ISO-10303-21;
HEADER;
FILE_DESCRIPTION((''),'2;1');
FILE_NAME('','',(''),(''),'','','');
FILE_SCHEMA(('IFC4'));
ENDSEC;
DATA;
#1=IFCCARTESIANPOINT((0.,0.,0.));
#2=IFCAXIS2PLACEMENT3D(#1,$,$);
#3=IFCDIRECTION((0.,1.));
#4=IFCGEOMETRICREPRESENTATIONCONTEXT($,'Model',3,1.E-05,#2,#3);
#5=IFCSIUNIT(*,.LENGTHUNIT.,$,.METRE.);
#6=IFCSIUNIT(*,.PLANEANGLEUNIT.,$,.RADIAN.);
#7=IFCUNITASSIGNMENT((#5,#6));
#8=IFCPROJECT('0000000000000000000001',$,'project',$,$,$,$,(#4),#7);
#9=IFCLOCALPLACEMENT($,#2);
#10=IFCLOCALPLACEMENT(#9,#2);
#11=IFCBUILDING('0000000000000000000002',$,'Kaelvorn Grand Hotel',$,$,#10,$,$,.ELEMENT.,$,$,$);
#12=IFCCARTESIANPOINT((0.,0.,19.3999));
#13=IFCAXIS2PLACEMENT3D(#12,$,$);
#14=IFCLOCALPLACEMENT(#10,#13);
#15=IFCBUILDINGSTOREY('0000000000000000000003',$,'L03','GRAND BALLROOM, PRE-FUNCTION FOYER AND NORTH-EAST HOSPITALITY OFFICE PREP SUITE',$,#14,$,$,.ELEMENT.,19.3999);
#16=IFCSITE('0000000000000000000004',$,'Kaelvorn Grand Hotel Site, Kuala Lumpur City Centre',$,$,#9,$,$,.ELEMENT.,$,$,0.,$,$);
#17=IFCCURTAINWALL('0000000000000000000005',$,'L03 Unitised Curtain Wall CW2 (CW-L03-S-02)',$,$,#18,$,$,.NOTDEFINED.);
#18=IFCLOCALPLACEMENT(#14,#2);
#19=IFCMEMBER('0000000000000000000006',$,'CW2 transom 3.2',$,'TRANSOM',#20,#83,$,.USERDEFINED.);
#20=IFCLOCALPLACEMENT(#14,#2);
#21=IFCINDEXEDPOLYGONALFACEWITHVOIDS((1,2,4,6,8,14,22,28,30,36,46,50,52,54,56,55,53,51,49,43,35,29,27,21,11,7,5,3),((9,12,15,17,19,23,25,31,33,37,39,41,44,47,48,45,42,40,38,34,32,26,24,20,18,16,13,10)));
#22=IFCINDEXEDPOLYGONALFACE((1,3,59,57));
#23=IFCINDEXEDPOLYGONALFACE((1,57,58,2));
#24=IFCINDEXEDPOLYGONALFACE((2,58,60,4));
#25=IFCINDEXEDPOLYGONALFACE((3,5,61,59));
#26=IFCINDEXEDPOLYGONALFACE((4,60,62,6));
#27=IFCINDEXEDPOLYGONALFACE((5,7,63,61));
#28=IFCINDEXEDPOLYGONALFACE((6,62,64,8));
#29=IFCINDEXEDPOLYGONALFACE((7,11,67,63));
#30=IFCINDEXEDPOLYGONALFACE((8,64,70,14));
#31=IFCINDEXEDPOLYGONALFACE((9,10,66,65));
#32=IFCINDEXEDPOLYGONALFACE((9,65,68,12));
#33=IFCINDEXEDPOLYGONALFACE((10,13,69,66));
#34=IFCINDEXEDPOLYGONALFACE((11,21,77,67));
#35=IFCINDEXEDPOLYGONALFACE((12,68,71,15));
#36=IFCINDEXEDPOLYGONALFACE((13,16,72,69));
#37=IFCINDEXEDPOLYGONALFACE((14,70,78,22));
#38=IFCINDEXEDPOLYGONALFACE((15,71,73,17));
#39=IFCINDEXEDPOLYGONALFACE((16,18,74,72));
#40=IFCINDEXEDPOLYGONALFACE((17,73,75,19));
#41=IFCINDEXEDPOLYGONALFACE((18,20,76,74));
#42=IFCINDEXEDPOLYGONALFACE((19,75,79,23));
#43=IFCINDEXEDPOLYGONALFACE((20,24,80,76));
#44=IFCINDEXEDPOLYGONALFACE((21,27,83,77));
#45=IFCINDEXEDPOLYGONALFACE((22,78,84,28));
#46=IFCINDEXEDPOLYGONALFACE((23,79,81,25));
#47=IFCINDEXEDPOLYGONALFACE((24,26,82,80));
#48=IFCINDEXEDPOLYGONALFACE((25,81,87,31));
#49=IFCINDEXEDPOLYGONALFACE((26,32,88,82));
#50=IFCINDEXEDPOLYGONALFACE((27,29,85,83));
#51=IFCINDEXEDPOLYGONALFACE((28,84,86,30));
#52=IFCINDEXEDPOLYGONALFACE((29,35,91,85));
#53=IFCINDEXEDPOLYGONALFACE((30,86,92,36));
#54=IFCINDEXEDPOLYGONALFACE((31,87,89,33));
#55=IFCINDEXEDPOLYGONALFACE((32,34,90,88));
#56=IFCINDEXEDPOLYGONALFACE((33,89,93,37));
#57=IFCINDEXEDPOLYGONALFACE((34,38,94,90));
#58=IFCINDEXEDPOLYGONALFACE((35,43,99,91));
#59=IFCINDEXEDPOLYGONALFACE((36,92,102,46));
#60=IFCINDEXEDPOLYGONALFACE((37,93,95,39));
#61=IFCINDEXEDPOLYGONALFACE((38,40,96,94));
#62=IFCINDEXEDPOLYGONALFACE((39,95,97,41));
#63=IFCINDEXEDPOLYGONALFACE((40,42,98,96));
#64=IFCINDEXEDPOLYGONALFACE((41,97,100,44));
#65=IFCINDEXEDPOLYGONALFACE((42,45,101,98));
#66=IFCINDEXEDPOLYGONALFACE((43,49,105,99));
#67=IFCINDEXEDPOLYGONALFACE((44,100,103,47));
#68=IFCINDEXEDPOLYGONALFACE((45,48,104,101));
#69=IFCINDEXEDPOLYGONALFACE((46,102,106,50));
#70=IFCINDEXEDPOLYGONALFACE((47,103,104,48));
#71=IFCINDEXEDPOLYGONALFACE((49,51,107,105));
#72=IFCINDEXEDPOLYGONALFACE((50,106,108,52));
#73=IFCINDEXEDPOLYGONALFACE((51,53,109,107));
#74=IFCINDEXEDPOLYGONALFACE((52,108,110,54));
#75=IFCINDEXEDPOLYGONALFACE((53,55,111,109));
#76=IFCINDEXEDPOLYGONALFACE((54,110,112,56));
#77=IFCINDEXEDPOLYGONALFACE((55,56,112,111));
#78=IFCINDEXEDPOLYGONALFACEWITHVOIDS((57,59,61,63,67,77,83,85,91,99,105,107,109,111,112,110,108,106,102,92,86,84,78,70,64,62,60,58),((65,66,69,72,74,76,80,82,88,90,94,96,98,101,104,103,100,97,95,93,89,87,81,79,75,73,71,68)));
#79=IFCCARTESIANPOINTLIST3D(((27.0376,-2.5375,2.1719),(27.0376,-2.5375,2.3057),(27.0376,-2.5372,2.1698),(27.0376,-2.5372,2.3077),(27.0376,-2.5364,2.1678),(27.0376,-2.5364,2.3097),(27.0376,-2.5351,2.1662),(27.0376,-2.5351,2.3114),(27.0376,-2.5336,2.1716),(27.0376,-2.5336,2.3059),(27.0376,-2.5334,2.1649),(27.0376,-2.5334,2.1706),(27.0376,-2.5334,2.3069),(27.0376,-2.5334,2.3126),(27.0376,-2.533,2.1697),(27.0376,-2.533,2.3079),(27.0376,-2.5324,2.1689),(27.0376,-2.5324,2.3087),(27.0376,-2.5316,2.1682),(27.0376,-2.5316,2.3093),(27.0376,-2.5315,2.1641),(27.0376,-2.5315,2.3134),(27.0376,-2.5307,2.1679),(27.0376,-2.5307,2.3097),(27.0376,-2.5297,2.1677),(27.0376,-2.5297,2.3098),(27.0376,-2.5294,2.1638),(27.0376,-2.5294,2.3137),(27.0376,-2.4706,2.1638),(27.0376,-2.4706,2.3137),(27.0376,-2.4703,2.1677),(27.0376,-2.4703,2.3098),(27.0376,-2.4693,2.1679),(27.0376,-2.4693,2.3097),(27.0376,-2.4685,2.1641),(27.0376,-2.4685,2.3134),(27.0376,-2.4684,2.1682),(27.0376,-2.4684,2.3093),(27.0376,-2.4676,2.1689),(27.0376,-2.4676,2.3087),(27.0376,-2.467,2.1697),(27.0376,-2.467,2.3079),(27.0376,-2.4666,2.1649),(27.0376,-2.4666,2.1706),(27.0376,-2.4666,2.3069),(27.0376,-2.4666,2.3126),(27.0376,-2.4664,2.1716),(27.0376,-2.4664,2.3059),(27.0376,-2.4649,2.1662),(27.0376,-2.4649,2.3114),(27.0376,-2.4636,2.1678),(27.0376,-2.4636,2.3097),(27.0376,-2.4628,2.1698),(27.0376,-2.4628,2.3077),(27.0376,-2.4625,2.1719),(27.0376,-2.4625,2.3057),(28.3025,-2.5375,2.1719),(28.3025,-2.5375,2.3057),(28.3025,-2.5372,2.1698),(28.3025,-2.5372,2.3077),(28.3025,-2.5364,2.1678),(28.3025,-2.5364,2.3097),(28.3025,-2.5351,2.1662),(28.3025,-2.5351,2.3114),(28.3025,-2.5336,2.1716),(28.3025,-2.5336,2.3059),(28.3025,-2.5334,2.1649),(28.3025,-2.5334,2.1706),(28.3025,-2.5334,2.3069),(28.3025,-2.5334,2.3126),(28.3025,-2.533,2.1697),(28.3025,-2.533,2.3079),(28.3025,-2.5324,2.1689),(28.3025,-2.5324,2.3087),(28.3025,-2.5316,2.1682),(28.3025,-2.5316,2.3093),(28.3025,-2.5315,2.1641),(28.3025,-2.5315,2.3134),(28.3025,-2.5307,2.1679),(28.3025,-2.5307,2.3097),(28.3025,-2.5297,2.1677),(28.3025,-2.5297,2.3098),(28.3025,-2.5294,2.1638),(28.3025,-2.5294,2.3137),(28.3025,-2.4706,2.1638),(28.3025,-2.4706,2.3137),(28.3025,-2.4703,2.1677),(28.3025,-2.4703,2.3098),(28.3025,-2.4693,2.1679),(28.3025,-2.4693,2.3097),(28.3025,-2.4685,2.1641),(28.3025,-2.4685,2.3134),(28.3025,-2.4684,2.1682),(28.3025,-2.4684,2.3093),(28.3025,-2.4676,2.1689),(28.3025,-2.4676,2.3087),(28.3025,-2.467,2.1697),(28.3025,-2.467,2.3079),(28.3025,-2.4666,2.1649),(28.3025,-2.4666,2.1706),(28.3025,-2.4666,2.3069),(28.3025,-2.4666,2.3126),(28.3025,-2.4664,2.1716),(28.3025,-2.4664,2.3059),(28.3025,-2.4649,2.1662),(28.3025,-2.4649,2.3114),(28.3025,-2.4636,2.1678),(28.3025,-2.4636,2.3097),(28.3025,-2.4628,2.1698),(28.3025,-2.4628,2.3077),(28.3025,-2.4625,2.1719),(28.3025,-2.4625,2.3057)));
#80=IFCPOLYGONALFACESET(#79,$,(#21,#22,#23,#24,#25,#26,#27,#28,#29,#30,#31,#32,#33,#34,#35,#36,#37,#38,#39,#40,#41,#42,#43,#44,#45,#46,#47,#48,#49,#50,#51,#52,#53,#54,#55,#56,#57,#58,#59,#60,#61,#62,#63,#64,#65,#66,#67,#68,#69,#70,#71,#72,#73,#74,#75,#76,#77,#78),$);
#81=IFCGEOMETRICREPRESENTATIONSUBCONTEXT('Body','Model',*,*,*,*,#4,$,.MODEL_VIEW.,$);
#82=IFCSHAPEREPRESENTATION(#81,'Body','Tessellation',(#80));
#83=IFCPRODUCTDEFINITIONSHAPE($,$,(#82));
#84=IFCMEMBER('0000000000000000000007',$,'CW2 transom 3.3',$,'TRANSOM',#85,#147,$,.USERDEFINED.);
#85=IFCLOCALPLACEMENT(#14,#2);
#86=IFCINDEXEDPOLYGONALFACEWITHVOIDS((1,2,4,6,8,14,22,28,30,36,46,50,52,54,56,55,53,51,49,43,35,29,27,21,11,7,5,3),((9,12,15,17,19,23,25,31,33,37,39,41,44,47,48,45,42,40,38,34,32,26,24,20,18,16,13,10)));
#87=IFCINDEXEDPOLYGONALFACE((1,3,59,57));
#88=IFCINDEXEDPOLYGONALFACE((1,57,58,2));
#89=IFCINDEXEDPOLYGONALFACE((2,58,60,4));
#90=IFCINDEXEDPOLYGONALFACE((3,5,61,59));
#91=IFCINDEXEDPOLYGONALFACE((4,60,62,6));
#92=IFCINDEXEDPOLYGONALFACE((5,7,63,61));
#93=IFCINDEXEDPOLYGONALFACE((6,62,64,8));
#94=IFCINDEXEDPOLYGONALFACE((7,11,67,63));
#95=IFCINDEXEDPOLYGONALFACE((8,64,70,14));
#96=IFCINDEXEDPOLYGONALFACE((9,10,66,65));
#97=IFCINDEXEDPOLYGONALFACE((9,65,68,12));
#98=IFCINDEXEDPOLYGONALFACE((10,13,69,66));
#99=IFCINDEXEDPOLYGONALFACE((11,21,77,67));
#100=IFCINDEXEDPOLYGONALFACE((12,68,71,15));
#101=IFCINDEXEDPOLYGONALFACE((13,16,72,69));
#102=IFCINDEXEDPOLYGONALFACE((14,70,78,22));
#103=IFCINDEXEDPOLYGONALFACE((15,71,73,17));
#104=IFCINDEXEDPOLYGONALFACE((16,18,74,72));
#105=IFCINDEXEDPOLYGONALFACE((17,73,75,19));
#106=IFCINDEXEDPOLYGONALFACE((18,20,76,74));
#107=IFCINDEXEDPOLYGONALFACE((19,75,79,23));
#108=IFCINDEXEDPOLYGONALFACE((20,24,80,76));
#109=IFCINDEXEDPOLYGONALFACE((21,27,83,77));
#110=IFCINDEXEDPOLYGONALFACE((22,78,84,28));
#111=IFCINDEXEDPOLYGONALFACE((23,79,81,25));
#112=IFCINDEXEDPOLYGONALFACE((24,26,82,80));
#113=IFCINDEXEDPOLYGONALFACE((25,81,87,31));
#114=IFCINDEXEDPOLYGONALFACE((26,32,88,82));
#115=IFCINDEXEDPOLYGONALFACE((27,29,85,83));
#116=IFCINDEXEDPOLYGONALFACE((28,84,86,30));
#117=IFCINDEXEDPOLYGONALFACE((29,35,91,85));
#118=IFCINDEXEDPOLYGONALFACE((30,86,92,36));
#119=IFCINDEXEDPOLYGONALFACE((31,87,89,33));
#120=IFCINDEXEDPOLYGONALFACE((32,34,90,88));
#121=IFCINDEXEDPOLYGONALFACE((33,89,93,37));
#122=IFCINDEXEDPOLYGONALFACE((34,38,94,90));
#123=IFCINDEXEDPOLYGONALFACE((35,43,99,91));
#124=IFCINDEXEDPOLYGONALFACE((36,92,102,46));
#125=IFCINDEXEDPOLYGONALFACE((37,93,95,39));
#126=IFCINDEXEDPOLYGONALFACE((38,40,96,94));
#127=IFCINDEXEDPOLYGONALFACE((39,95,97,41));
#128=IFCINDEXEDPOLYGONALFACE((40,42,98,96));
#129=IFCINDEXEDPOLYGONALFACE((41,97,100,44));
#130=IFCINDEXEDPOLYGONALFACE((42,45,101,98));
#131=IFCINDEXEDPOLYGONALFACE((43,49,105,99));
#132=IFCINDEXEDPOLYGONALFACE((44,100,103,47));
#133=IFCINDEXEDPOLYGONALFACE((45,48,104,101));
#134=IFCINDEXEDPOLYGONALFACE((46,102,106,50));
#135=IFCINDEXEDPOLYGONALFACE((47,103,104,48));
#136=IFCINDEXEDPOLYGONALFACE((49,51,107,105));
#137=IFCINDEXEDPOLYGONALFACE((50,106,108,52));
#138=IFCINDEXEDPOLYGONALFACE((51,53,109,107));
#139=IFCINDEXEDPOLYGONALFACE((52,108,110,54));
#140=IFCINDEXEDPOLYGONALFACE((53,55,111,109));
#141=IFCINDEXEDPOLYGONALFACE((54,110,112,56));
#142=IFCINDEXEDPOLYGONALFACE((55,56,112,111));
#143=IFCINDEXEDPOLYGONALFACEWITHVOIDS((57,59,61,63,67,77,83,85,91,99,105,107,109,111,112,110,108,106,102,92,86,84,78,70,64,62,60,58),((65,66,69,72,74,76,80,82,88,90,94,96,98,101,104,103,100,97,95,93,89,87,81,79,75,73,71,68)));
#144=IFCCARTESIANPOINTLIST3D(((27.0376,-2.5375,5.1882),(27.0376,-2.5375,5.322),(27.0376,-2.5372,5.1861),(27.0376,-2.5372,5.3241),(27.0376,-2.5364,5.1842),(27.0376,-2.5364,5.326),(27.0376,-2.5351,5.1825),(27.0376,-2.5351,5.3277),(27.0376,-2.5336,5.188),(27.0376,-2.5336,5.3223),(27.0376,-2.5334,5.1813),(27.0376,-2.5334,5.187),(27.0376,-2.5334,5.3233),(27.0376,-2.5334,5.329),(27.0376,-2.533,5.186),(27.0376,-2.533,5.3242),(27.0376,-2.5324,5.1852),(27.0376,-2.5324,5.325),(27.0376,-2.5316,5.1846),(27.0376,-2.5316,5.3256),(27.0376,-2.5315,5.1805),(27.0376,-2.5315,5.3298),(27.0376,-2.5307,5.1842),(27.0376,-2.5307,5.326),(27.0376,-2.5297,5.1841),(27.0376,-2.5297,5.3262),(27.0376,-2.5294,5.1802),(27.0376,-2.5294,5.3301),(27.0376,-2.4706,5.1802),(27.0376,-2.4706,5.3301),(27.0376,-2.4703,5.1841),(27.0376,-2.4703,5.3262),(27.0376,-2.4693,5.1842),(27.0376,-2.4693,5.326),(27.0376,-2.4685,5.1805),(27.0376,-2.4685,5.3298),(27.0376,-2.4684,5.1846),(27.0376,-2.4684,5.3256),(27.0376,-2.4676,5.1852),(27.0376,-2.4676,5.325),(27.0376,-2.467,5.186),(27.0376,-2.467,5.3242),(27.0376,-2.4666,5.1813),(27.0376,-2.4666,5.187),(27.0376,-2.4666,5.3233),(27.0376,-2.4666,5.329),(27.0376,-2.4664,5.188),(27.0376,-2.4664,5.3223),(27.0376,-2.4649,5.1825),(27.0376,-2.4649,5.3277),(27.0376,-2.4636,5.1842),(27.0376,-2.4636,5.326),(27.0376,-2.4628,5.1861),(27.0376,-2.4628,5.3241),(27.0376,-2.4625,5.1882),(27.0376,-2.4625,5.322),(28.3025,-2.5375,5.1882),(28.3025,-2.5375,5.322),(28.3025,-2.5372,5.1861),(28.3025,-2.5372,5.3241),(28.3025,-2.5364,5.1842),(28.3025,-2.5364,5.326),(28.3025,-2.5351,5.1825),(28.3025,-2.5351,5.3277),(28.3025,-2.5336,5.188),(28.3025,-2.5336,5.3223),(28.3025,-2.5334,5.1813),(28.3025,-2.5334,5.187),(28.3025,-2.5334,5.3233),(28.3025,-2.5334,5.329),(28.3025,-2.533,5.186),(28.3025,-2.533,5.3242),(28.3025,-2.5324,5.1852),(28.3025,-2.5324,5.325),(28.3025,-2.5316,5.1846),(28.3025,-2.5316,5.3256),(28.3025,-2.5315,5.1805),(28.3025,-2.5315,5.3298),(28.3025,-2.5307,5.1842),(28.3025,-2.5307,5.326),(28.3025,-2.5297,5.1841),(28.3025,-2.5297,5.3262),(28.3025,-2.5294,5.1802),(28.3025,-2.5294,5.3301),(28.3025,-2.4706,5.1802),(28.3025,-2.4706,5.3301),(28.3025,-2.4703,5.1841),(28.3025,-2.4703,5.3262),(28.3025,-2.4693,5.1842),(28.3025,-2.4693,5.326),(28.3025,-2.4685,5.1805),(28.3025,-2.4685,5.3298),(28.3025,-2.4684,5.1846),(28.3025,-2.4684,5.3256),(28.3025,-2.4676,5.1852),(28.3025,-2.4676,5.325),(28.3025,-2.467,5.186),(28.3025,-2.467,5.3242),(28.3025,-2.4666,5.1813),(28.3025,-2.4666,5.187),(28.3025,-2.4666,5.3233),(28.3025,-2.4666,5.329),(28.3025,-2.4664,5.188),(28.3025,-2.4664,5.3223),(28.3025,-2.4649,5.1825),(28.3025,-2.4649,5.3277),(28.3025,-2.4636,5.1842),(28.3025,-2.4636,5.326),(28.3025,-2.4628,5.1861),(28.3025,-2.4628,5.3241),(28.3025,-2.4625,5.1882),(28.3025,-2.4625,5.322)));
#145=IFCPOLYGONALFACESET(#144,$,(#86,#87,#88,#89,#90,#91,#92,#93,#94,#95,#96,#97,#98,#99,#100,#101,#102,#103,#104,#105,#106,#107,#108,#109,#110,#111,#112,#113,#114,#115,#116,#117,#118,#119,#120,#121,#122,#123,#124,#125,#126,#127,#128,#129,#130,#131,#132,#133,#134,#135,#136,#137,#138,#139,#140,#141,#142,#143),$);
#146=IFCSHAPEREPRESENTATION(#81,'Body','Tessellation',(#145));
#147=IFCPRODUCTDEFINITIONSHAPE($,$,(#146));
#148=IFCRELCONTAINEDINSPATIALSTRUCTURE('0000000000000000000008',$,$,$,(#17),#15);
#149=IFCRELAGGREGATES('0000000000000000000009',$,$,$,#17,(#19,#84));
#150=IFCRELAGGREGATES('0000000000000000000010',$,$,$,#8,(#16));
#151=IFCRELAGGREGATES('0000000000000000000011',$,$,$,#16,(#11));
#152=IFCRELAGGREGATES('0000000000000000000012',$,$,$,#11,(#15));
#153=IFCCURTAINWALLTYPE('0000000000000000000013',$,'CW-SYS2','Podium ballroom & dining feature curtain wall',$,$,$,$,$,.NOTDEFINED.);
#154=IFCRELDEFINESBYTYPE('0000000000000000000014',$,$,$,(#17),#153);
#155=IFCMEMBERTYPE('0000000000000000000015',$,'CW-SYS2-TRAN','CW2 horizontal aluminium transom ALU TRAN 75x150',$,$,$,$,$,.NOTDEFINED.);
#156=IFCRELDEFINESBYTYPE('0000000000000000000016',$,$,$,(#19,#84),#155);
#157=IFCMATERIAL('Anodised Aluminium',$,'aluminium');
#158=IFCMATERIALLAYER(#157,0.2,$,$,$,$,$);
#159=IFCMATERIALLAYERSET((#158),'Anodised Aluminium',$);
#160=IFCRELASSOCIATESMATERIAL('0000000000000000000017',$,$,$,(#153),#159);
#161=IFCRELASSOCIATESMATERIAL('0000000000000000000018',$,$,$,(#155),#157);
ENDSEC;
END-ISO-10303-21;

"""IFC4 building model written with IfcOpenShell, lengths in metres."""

from ifc_helpers import new_model, si_unit, direction, frame, origin, origin_2d, place, context, subcontext, project, spatial, hollow_rectangle, extrude, material, layer, layer_set, material_profile, profile_set, type_object, element, aggregate, save


model = new_model("IFC4")

# Units and contexts
model_context = context("Model", 3, precision=1e-05, world=origin(), true_north=direction((0.0, 1.0)))
body_context = subcontext(model_context, "Body", "Model", "MODEL_VIEW")
ifc_project = project(units=[si_unit("LENGTHUNIT", "METRE"), si_unit("PLANEANGLEUNIT", "RADIAN")], contexts=[model_context])

# Site, building, storey
site_placement = place(None, origin())
site = spatial("IfcSite", under=ifc_project, at=site_placement, Name="Kaelvorn Grand Hotel Site, Kuala Lumpur City Centre", CompositionType="ELEMENT", RefElevation=0.0)
building_placement = place(site_placement, origin())
building = spatial("IfcBuilding", under=site, at=building_placement, Name="Kaelvorn Grand Hotel", CompositionType="ELEMENT")
storey_placement = place(building_placement, frame((0.0, 0.0, 19.3999)))
storey = spatial("IfcBuildingStorey", under=building, at=storey_placement, Name="L03", Description="GRAND BALLROOM, PRE-FUNCTION FOYER AND NORTH-EAST HOSPITALITY OFFICE PREP SUITE", CompositionType="ELEMENT", Elevation=19.3999)

# Curtain wall
ifc_material_1 = material(Name="Anodised Aluminium", Category="aluminium")
ifc_layer_1 = layer(ifc_material_1, 0.2)
ifc_layer_set_1 = layer_set([ifc_layer_1], Name="Anodised Aluminium")
curtain_wall_type = type_object("IfcCurtainWallType", Name="CW-SYS2", Description="Podium ballroom & dining feature curtain wall", PredefinedType="NOTDEFINED", material=ifc_layer_set_1)
curtain_wall_1_placement = place(storey_placement, origin())
curtain_wall_1 = element("IfcCurtainWall", 1, at=curtain_wall_1_placement, inside=storey, type_object=curtain_wall_type, Name="L03 Unitised Curtain Wall CW2 (CW-L03-S-02)", PredefinedType="NOTDEFINED")

# Members
ifc_material_profile_1 = material_profile(ifc_material_1, hollow_rectangle(XDim=0.075, YDim=0.1499, WallThickness=0.0039, InnerFilletRadius=0.0039, OuterFilletRadius=0.0081, at=origin_2d()), Name="ALU TRAN 75x150")
ifc_profile_set_1 = profile_set([ifc_material_profile_1], Name="Anodised Aluminium")
member_type_1 = type_object("IfcMemberType", Name="CW-SYS2-TRAN", Description="CW2 horizontal aluminium transom ALU TRAN 75x150", PredefinedType="NOTDEFINED", material=ifc_profile_set_1)
member_1_placement = place(storey_placement, frame((27.0376, -2.5, 2.2388), z_axis=(1.0, 0.0, 0.0), x_axis=(0.0, 1.0, 0.0)))
member_1 = element("IfcMember", 2, at=member_1_placement, type_object=member_type_1, Name="CW2 transom 3.2", ObjectType="TRANSOM", PredefinedType="USERDEFINED", context=body_context, shape_type="SweptSolid", body=[
    extrude(hollow_rectangle(XDim=0.075, YDim=0.1499, WallThickness=0.0039, InnerFilletRadius=0.0039, OuterFilletRadius=0.0081, at=origin_2d()), origin(), (0.0, 0.0, 1.0), 1.2649),
])
member_2_placement = place(storey_placement, frame((27.0376, -2.5, 5.2551), z_axis=(1.0, 0.0, 0.0), x_axis=(0.0, 1.0, 0.0)))
member_2 = element("IfcMember", 3, at=member_2_placement, type_object=member_type_1, Name="CW2 transom 3.3", ObjectType="TRANSOM", PredefinedType="USERDEFINED", context=body_context, shape_type="SweptSolid", body=[
    extrude(hollow_rectangle(XDim=0.075, YDim=0.1499, WallThickness=0.0039, InnerFilletRadius=0.0039, OuterFilletRadius=0.0081, at=origin_2d()), origin(), (0.0, 0.0, 1.0), 1.2649),
])

aggregate(curtain_wall_1, [member_1, member_2])

save(model, "model.ifc")
